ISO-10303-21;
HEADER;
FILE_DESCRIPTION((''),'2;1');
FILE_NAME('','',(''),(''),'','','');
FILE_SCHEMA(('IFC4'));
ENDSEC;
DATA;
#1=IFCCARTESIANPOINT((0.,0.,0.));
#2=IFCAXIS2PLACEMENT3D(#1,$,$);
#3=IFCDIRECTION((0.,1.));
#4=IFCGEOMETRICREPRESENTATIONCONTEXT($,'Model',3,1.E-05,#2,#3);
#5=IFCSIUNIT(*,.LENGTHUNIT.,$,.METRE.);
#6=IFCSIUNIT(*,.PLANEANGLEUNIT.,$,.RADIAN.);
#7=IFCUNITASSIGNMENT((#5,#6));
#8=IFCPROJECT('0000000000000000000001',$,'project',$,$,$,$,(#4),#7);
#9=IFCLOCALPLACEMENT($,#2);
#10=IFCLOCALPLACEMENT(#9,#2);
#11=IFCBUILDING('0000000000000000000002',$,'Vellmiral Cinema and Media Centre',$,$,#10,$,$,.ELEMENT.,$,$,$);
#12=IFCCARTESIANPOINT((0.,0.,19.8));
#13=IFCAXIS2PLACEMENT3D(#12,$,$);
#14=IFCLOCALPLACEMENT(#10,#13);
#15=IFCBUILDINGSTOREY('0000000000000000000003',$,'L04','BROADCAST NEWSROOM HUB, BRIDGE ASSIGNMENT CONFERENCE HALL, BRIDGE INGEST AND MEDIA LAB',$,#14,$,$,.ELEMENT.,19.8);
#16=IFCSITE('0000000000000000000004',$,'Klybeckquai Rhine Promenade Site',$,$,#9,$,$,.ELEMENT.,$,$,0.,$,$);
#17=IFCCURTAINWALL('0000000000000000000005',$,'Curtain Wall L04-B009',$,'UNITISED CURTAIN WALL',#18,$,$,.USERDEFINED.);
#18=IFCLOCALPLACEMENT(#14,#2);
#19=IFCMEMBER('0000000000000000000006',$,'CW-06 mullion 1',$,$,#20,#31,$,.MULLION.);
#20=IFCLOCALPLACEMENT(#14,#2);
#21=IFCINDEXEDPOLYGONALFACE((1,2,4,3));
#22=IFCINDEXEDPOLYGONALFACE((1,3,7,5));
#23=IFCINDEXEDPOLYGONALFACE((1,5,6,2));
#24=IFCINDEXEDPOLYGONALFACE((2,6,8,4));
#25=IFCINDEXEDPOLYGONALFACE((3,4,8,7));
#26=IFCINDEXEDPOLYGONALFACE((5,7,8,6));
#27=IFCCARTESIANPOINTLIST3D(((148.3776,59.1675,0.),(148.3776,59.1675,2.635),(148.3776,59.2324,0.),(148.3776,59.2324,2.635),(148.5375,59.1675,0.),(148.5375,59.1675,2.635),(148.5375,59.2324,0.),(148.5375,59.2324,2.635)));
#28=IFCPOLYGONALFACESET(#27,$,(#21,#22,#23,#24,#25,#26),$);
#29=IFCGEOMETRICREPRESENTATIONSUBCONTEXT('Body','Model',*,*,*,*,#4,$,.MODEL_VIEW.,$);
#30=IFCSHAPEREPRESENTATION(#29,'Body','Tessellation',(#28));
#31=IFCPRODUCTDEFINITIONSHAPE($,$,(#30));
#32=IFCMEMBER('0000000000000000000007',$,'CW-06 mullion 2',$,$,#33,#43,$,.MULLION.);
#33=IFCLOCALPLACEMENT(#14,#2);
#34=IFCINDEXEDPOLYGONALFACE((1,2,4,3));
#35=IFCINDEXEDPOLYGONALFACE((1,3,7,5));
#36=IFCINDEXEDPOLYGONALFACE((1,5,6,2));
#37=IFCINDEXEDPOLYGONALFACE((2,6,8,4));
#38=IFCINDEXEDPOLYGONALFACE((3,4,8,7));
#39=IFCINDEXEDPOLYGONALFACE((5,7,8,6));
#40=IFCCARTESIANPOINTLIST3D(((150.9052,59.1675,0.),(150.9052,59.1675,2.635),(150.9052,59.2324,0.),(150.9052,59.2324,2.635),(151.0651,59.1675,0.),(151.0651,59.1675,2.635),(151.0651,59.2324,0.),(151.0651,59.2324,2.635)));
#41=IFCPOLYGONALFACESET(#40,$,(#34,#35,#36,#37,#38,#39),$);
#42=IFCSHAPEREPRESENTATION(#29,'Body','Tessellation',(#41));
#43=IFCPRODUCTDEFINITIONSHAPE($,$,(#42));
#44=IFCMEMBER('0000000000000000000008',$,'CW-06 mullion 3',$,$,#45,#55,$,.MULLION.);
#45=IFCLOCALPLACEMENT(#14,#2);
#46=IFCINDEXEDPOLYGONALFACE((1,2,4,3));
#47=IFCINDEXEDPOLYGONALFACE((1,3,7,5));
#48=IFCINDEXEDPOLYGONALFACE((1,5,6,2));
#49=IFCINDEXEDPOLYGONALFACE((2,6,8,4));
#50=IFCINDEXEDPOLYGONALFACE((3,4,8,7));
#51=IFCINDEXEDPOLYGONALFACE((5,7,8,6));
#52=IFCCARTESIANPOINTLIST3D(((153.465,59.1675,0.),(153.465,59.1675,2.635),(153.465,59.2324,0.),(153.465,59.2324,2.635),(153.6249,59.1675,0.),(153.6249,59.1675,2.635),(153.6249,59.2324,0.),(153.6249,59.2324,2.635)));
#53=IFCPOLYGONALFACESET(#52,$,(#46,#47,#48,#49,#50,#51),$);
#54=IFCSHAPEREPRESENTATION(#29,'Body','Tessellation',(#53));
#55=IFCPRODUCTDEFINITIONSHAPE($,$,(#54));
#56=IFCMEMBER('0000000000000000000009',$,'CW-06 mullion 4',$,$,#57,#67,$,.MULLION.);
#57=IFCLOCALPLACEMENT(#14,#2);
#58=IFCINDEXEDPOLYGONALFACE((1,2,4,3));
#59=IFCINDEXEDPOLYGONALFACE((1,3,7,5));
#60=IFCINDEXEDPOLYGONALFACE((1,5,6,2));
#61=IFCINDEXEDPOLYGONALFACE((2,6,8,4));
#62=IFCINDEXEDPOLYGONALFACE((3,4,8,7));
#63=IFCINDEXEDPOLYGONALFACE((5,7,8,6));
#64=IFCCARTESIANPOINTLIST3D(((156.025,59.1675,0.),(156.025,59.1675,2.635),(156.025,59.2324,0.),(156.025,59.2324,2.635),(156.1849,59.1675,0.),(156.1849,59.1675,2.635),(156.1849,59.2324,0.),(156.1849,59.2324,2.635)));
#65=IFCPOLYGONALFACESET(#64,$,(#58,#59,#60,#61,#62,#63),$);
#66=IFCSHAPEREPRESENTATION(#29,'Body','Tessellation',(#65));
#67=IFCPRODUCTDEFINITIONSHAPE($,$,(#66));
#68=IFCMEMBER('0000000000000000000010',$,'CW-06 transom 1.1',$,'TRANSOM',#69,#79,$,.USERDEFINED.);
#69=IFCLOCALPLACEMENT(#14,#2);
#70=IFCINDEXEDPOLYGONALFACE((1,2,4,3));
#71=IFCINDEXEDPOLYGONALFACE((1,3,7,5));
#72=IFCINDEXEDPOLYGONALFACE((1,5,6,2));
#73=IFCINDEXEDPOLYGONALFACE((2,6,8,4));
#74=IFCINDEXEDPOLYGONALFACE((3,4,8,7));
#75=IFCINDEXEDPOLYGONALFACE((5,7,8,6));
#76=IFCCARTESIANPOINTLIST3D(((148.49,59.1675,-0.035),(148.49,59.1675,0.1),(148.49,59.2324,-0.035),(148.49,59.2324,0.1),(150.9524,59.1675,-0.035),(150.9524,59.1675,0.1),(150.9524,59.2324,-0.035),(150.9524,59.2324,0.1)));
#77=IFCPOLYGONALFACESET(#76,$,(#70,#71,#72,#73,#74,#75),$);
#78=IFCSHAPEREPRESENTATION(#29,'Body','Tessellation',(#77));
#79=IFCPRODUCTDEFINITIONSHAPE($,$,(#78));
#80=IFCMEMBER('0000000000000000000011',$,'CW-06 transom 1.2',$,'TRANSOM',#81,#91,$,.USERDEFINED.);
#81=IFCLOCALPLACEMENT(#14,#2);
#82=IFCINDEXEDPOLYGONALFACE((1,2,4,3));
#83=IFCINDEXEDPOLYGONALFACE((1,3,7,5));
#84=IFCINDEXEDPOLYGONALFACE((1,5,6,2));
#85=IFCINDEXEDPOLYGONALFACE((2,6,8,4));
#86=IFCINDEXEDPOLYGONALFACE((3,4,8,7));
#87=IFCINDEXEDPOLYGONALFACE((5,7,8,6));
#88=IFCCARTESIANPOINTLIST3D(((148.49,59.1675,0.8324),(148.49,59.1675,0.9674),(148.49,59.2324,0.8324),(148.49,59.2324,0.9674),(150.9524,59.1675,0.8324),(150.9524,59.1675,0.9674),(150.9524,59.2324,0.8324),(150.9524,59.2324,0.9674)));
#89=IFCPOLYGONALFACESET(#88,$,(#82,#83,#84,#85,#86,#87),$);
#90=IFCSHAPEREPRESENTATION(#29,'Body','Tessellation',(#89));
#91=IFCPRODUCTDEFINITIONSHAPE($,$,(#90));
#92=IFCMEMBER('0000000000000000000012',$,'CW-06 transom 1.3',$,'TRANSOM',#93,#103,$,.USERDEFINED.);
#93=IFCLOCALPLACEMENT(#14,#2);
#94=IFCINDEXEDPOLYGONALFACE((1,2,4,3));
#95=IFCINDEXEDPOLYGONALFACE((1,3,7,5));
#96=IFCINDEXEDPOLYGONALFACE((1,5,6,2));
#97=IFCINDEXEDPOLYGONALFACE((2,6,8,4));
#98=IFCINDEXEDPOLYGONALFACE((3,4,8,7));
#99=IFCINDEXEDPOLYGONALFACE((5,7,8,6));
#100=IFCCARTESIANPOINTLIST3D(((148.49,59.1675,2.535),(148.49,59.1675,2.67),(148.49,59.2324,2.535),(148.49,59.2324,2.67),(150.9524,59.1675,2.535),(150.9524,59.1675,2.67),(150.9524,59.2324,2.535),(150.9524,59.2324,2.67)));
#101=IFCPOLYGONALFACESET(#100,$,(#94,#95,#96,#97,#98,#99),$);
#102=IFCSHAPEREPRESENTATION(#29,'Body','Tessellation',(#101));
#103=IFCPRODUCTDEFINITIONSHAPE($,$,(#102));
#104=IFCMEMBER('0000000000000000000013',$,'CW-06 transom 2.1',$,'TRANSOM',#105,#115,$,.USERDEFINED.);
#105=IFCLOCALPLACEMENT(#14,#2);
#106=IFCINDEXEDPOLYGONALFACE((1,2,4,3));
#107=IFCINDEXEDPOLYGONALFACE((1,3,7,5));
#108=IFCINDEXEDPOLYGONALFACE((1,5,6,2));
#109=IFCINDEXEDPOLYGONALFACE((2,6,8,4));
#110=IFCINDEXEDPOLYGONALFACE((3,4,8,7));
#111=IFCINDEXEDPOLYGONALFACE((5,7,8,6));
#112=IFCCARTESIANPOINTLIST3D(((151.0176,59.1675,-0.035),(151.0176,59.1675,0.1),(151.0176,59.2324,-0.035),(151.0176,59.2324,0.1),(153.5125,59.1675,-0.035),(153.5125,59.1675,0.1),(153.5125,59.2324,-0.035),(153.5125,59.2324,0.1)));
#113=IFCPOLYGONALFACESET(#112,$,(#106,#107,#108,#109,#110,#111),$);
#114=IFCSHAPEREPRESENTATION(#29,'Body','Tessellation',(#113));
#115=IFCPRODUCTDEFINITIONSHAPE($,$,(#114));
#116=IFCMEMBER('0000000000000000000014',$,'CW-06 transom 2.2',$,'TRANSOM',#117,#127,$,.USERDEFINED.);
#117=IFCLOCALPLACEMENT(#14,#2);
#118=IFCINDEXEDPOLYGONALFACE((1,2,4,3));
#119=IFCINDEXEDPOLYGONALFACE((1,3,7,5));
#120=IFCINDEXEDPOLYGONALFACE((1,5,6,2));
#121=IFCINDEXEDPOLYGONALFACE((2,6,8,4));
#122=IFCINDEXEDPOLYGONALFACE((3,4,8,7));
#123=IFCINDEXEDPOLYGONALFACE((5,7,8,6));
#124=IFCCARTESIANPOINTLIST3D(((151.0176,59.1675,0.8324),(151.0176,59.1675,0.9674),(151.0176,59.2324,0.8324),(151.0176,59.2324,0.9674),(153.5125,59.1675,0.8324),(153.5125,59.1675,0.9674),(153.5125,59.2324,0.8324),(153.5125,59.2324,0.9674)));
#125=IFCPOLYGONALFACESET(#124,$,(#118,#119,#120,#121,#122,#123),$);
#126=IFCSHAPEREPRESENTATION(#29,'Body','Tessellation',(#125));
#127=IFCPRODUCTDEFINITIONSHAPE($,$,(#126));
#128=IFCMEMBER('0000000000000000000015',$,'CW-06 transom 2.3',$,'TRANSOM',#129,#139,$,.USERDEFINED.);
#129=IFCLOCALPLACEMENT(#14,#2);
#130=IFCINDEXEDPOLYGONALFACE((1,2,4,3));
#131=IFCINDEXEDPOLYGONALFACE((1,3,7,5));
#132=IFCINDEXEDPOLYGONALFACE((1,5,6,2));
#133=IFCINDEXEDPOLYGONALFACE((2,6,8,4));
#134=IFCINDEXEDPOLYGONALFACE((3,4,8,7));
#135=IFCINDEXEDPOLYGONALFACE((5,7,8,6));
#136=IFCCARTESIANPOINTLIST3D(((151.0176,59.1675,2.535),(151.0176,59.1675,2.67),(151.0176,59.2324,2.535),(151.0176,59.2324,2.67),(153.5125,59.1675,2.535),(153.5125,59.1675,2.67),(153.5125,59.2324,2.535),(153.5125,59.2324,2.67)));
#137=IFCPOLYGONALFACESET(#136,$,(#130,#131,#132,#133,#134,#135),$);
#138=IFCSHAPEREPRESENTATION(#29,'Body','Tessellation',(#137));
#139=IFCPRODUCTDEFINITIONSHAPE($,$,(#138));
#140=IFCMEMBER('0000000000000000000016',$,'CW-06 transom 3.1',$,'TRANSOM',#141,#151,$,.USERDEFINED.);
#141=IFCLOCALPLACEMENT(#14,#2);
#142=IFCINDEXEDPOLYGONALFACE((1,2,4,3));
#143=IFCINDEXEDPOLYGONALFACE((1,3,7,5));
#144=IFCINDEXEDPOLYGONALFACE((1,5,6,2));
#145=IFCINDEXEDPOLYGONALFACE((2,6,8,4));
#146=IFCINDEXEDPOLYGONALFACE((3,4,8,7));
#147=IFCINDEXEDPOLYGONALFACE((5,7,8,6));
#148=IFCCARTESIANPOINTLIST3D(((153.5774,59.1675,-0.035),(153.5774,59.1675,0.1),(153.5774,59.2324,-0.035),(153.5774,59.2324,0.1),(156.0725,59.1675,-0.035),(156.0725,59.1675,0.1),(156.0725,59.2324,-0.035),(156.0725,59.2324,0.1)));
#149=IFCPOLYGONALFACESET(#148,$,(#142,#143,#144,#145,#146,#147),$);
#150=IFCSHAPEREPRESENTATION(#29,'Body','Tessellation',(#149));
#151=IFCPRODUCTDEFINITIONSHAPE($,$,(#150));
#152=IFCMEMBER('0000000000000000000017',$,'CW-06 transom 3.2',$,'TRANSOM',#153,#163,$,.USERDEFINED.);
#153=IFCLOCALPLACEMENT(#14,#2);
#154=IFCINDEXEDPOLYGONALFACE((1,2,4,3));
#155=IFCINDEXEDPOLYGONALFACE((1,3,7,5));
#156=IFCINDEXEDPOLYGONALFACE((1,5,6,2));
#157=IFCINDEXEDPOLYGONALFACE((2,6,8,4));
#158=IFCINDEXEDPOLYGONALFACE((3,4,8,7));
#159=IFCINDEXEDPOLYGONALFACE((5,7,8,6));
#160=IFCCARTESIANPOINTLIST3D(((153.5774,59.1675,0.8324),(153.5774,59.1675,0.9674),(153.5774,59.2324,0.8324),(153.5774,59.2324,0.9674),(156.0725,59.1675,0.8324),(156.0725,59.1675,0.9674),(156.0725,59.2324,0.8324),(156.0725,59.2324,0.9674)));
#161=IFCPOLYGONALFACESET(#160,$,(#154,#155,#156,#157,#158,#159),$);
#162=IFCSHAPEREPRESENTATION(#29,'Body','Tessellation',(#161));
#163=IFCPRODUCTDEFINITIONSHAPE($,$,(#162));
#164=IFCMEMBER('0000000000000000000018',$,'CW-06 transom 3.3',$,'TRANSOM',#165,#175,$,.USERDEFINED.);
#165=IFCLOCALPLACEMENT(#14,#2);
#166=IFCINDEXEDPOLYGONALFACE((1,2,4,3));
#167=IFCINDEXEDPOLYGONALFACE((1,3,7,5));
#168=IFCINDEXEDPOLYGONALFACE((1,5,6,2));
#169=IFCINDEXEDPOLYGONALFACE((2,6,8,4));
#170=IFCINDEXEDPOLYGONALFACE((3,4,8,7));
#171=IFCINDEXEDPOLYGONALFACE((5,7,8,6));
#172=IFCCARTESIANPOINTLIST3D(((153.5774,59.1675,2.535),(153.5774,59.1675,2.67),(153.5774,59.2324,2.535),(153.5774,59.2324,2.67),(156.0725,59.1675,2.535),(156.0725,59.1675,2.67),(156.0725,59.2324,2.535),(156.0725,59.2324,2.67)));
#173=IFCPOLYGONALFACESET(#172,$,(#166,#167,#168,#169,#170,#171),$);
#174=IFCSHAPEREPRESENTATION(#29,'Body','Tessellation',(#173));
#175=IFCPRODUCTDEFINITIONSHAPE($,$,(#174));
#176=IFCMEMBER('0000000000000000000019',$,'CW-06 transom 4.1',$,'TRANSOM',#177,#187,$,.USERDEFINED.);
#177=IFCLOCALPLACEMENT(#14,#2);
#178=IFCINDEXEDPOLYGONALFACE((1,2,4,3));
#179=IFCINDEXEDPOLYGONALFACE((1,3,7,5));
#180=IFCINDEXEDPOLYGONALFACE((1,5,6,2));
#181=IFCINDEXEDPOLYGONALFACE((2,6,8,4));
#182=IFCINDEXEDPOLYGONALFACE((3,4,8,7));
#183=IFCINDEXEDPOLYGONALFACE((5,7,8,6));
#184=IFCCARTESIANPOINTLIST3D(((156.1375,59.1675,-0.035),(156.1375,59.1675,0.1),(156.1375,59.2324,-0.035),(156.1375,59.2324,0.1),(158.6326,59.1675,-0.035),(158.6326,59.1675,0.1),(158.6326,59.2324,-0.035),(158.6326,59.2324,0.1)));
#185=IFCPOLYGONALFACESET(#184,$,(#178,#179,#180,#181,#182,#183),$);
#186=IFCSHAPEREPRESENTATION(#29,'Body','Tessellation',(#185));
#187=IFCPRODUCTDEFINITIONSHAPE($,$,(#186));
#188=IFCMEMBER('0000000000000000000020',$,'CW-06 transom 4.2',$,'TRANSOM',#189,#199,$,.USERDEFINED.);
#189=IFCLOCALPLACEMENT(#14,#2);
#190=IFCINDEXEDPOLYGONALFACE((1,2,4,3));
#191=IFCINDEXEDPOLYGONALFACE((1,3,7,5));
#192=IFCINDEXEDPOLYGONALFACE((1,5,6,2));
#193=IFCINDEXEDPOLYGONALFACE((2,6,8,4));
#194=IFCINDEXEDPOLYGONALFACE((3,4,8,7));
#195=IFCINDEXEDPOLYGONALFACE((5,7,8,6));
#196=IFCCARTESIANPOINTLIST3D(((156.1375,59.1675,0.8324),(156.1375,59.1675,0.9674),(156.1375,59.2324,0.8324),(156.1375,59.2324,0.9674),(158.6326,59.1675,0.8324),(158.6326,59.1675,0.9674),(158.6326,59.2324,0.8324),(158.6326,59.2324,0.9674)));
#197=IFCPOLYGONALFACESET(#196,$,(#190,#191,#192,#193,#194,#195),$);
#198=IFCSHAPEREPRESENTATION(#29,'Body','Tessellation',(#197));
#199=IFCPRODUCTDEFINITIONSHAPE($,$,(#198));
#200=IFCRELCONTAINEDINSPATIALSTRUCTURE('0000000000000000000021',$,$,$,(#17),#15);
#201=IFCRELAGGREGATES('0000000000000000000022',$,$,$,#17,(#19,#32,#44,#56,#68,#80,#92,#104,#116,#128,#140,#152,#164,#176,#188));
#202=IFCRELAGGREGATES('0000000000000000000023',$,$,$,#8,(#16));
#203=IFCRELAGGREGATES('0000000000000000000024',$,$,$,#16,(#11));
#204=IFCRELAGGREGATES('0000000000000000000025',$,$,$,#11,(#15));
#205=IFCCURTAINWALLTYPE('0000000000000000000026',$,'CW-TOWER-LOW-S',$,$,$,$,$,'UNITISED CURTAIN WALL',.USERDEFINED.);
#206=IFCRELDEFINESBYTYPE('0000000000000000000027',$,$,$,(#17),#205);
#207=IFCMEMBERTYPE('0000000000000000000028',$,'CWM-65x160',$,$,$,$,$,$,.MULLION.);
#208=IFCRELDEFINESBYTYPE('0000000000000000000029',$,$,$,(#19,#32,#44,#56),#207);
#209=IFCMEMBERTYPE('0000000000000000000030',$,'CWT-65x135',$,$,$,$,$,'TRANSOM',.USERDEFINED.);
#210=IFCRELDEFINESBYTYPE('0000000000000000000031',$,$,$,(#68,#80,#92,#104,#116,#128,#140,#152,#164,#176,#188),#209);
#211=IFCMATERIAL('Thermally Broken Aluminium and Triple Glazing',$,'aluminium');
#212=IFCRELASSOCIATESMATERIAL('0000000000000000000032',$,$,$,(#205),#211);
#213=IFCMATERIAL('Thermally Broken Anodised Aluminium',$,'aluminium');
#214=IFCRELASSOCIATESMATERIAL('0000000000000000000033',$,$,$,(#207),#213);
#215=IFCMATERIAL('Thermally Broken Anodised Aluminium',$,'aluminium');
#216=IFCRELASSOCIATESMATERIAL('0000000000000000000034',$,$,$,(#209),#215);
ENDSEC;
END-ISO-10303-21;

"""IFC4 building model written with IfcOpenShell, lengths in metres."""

from ifc_helpers import new_model, si_unit, direction, frame, origin, origin_2d, place, context, subcontext, project, spatial, rectangle, extrude, material, material_profile, profile_set, type_object, element, aggregate, save


model = new_model("IFC4")

# Units and contexts
model_context = context("Model", 3, precision=1e-05, world=origin(), true_north=direction((0.0, 1.0)))
body_context = subcontext(model_context, "Body", "Model", "MODEL_VIEW")
ifc_project = project(units=[si_unit("LENGTHUNIT", "METRE"), si_unit("PLANEANGLEUNIT", "RADIAN")], contexts=[model_context])

# Site, building, storey
site_placement = place(None, origin())
site = spatial("IfcSite", under=ifc_project, at=site_placement, Name="Klybeckquai Rhine Promenade Site", CompositionType="ELEMENT", RefElevation=0.0)
building_placement = place(site_placement, origin())
building = spatial("IfcBuilding", under=site, at=building_placement, Name="Vellmiral Cinema and Media Centre", CompositionType="ELEMENT")
storey_placement = place(building_placement, frame((0.0, 0.0, 19.8)))
storey = spatial("IfcBuildingStorey", under=building, at=storey_placement, Name="L04", Description="BROADCAST NEWSROOM HUB, BRIDGE ASSIGNMENT CONFERENCE HALL, BRIDGE INGEST AND MEDIA LAB", CompositionType="ELEMENT", Elevation=19.8)

# Curtain wall, members
ifc_material_1 = material(Name="Thermally Broken Aluminium and Triple Glazing", Category="aluminium")
curtain_wall_type = type_object("IfcCurtainWallType", Name="CW-TOWER-LOW-S", ElementType="UNITISED CURTAIN WALL", PredefinedType="USERDEFINED", material=ifc_material_1)
curtain_wall_placement = place(storey_placement, origin())
curtain_wall = element("IfcCurtainWall", 1, at=curtain_wall_placement, inside=storey, type_object=curtain_wall_type, Name="Curtain Wall L04-B009", ObjectType="UNITISED CURTAIN WALL", PredefinedType="USERDEFINED")
ifc_material_2 = material(Name="Thermally Broken Anodised Aluminium", Category="aluminium")
ifc_material_profile_1 = material_profile(ifc_material_2, rectangle(XDim=0.0649, YDim=0.1599, at=origin_2d()), Name="MULL 65x160")
ifc_profile_set_1 = profile_set([ifc_material_profile_1], Name="Thermally Broken Anodised Aluminium")
member_type_1 = type_object("IfcMemberType", Name="CWM-65x160", PredefinedType="MULLION", material=ifc_profile_set_1)
member_1_placement = place(storey_placement, frame((148.4575, 59.2, 0.0), z_axis=(0.0, 0.0, 1.0), x_axis=(0.0, 1.0, 0.0)))
member_1 = element("IfcMember", 2, at=member_1_placement, type_object=member_type_1, Name="CW-06 mullion 1", PredefinedType="MULLION", context=body_context, shape_type="SweptSolid", body=[
    extrude(rectangle(XDim=0.0649, YDim=0.1599, at=origin_2d()), origin(), (0.0, 0.0, 1.0), 2.635),
])
member_2_placement = place(storey_placement, frame((150.9851, 59.2, 0.0), z_axis=(0.0, 0.0, 1.0), x_axis=(0.0, 1.0, 0.0)))
member_2 = element("IfcMember", 3, at=member_2_placement, type_object=member_type_1, Name="CW-06 mullion 2", PredefinedType="MULLION", context=body_context, shape_type="SweptSolid", body=[
    extrude(rectangle(XDim=0.0649, YDim=0.1599, at=origin_2d()), origin(), (0.0, 0.0, 1.0), 2.635),
])
member_3_placement = place(storey_placement, frame((153.5449, 59.2, 0.0), z_axis=(0.0, 0.0, 1.0), x_axis=(0.0, 1.0, 0.0)))
member_3 = element("IfcMember", 4, at=member_3_placement, type_object=member_type_1, Name="CW-06 mullion 3", PredefinedType="MULLION", context=body_context, shape_type="SweptSolid", body=[
    extrude(rectangle(XDim=0.0649, YDim=0.1599, at=origin_2d()), origin(), (0.0, 0.0, 1.0), 2.635),
])
member_4_placement = place(storey_placement, frame((156.105, 59.2, 0.0), z_axis=(0.0, 0.0, 1.0), x_axis=(0.0, 1.0, 0.0)))
member_4 = element("IfcMember", 5, at=member_4_placement, type_object=member_type_1, Name="CW-06 mullion 4", PredefinedType="MULLION", context=body_context, shape_type="SweptSolid", body=[
    extrude(rectangle(XDim=0.0649, YDim=0.1599, at=origin_2d()), origin(), (0.0, 0.0, 1.0), 2.635),
])
ifc_material_3 = material(Name="Thermally Broken Anodised Aluminium", Category="aluminium")
ifc_material_profile_2 = material_profile(ifc_material_3, rectangle(XDim=0.0649, YDim=0.135, at=origin_2d()), Name="MULL 65x135")
ifc_profile_set_2 = profile_set([ifc_material_profile_2], Name="Thermally Broken Anodised Aluminium")
member_type_2 = type_object("IfcMemberType", Name="CWT-65x135", ElementType="TRANSOM", PredefinedType="USERDEFINED", material=ifc_profile_set_2)
member_5_placement = place(storey_placement, frame((148.49, 59.2, 0.0325), z_axis=(1.0, 0.0, 0.0), x_axis=(0.0, 1.0, 0.0)))
member_5 = element("IfcMember", 6, at=member_5_placement, type_object=member_type_2, Name="CW-06 transom 1.1", ObjectType="TRANSOM", PredefinedType="USERDEFINED", context=body_context, shape_type="SweptSolid", body=[
    extrude(rectangle(XDim=0.0649, YDim=0.135, at=origin_2d()), origin(), (0.0, 0.0, 1.0), 2.4624),
])
member_6_placement = place(storey_placement, frame((148.49, 59.2, 0.8999), z_axis=(1.0, 0.0, 0.0), x_axis=(0.0, 1.0, 0.0)))
member_6 = element("IfcMember", 7, at=member_6_placement, type_object=member_type_2, Name="CW-06 transom 1.2", ObjectType="TRANSOM", PredefinedType="USERDEFINED", context=body_context, shape_type="SweptSolid", body=[
    extrude(rectangle(XDim=0.0649, YDim=0.135, at=origin_2d()), origin(), (0.0, 0.0, 1.0), 2.4624),
])
member_7_placement = place(storey_placement, frame((148.49, 59.2, 2.6025), z_axis=(1.0, 0.0, 0.0), x_axis=(0.0, 1.0, 0.0)))
member_7 = element("IfcMember", 8, at=member_7_placement, type_object=member_type_2, Name="CW-06 transom 1.3", ObjectType="TRANSOM", PredefinedType="USERDEFINED", context=body_context, shape_type="SweptSolid", body=[
    extrude(rectangle(XDim=0.0649, YDim=0.135, at=origin_2d()), origin(), (0.0, 0.0, 1.0), 2.4624),
])
member_8_placement = place(storey_placement, frame((151.0176, 59.2, 0.0325), z_axis=(1.0, 0.0, 0.0), x_axis=(0.0, 1.0, 0.0)))
member_8 = element("IfcMember", 9, at=member_8_placement, type_object=member_type_2, Name="CW-06 transom 2.1", ObjectType="TRANSOM", PredefinedType="USERDEFINED", context=body_context, shape_type="SweptSolid", body=[
    extrude(rectangle(XDim=0.0649, YDim=0.135, at=origin_2d()), origin(), (0.0, 0.0, 1.0), 2.4949),
])
member_9_placement = place(storey_placement, frame((151.0176, 59.2, 0.8999), z_axis=(1.0, 0.0, 0.0), x_axis=(0.0, 1.0, 0.0)))
member_9 = element("IfcMember", 10, at=member_9_placement, type_object=member_type_2, Name="CW-06 transom 2.2", ObjectType="TRANSOM", PredefinedType="USERDEFINED", context=body_context, shape_type="SweptSolid", body=[
    extrude(rectangle(XDim=0.0649, YDim=0.135, at=origin_2d()), origin(), (0.0, 0.0, 1.0), 2.4949),
])
member_10_placement = place(storey_placement, frame((151.0176, 59.2, 2.6025), z_axis=(1.0, 0.0, 0.0), x_axis=(0.0, 1.0, 0.0)))
member_10 = element("IfcMember", 11, at=member_10_placement, type_object=member_type_2, Name="CW-06 transom 2.3", ObjectType="TRANSOM", PredefinedType="USERDEFINED", context=body_context, shape_type="SweptSolid", body=[
    extrude(rectangle(XDim=0.0649, YDim=0.135, at=origin_2d()), origin(), (0.0, 0.0, 1.0), 2.4949),
])
member_11_placement = place(storey_placement, frame((153.5774, 59.2, 0.0325), z_axis=(1.0, 0.0, 0.0), x_axis=(0.0, 1.0, 0.0)))
member_11 = element("IfcMember", 12, at=member_11_placement, type_object=member_type_2, Name="CW-06 transom 3.1", ObjectType="TRANSOM", PredefinedType="USERDEFINED", context=body_context, shape_type="SweptSolid", body=[
    extrude(rectangle(XDim=0.0649, YDim=0.135, at=origin_2d()), origin(), (0.0, 0.0, 1.0), 2.4951),
])
member_12_placement = place(storey_placement, frame((153.5774, 59.2, 0.8999), z_axis=(1.0, 0.0, 0.0), x_axis=(0.0, 1.0, 0.0)))
member_12 = element("IfcMember", 13, at=member_12_placement, type_object=member_type_2, Name="CW-06 transom 3.2", ObjectType="TRANSOM", PredefinedType="USERDEFINED", context=body_context, shape_type="SweptSolid", body=[
    extrude(rectangle(XDim=0.0649, YDim=0.135, at=origin_2d()), origin(), (0.0, 0.0, 1.0), 2.4951),
])
member_13_placement = place(storey_placement, frame((153.5774, 59.2, 2.6025), z_axis=(1.0, 0.0, 0.0), x_axis=(0.0, 1.0, 0.0)))
member_13 = element("IfcMember", 14, at=member_13_placement, type_object=member_type_2, Name="CW-06 transom 3.3", ObjectType="TRANSOM", PredefinedType="USERDEFINED", context=body_context, shape_type="SweptSolid", body=[
    extrude(rectangle(XDim=0.0649, YDim=0.135, at=origin_2d()), origin(), (0.0, 0.0, 1.0), 2.4951),
])
member_14_placement = place(storey_placement, frame((156.1375, 59.2, 0.0325), z_axis=(1.0, 0.0, 0.0), x_axis=(0.0, 1.0, 0.0)))
member_14 = element("IfcMember", 15, at=member_14_placement, type_object=member_type_2, Name="CW-06 transom 4.1", ObjectType="TRANSOM", PredefinedType="USERDEFINED", context=body_context, shape_type="SweptSolid", body=[
    extrude(rectangle(XDim=0.0649, YDim=0.135, at=origin_2d()), origin(), (0.0, 0.0, 1.0), 2.4951),
])
member_15_placement = place(storey_placement, frame((156.1375, 59.2, 0.8999), z_axis=(1.0, 0.0, 0.0), x_axis=(0.0, 1.0, 0.0)))
member_15 = element("IfcMember", 16, at=member_15_placement, type_object=member_type_2, Name="CW-06 transom 4.2", ObjectType="TRANSOM", PredefinedType="USERDEFINED", context=body_context, shape_type="SweptSolid", body=[
    extrude(rectangle(XDim=0.0649, YDim=0.135, at=origin_2d()), origin(), (0.0, 0.0, 1.0), 2.4951),
])

aggregate(curtain_wall, [member_1, member_2, member_3, member_4, member_5, member_6, member_7, member_8, member_9, member_10, member_11, member_12, member_13, member_14, member_15])

save(model, "model.ifc")
